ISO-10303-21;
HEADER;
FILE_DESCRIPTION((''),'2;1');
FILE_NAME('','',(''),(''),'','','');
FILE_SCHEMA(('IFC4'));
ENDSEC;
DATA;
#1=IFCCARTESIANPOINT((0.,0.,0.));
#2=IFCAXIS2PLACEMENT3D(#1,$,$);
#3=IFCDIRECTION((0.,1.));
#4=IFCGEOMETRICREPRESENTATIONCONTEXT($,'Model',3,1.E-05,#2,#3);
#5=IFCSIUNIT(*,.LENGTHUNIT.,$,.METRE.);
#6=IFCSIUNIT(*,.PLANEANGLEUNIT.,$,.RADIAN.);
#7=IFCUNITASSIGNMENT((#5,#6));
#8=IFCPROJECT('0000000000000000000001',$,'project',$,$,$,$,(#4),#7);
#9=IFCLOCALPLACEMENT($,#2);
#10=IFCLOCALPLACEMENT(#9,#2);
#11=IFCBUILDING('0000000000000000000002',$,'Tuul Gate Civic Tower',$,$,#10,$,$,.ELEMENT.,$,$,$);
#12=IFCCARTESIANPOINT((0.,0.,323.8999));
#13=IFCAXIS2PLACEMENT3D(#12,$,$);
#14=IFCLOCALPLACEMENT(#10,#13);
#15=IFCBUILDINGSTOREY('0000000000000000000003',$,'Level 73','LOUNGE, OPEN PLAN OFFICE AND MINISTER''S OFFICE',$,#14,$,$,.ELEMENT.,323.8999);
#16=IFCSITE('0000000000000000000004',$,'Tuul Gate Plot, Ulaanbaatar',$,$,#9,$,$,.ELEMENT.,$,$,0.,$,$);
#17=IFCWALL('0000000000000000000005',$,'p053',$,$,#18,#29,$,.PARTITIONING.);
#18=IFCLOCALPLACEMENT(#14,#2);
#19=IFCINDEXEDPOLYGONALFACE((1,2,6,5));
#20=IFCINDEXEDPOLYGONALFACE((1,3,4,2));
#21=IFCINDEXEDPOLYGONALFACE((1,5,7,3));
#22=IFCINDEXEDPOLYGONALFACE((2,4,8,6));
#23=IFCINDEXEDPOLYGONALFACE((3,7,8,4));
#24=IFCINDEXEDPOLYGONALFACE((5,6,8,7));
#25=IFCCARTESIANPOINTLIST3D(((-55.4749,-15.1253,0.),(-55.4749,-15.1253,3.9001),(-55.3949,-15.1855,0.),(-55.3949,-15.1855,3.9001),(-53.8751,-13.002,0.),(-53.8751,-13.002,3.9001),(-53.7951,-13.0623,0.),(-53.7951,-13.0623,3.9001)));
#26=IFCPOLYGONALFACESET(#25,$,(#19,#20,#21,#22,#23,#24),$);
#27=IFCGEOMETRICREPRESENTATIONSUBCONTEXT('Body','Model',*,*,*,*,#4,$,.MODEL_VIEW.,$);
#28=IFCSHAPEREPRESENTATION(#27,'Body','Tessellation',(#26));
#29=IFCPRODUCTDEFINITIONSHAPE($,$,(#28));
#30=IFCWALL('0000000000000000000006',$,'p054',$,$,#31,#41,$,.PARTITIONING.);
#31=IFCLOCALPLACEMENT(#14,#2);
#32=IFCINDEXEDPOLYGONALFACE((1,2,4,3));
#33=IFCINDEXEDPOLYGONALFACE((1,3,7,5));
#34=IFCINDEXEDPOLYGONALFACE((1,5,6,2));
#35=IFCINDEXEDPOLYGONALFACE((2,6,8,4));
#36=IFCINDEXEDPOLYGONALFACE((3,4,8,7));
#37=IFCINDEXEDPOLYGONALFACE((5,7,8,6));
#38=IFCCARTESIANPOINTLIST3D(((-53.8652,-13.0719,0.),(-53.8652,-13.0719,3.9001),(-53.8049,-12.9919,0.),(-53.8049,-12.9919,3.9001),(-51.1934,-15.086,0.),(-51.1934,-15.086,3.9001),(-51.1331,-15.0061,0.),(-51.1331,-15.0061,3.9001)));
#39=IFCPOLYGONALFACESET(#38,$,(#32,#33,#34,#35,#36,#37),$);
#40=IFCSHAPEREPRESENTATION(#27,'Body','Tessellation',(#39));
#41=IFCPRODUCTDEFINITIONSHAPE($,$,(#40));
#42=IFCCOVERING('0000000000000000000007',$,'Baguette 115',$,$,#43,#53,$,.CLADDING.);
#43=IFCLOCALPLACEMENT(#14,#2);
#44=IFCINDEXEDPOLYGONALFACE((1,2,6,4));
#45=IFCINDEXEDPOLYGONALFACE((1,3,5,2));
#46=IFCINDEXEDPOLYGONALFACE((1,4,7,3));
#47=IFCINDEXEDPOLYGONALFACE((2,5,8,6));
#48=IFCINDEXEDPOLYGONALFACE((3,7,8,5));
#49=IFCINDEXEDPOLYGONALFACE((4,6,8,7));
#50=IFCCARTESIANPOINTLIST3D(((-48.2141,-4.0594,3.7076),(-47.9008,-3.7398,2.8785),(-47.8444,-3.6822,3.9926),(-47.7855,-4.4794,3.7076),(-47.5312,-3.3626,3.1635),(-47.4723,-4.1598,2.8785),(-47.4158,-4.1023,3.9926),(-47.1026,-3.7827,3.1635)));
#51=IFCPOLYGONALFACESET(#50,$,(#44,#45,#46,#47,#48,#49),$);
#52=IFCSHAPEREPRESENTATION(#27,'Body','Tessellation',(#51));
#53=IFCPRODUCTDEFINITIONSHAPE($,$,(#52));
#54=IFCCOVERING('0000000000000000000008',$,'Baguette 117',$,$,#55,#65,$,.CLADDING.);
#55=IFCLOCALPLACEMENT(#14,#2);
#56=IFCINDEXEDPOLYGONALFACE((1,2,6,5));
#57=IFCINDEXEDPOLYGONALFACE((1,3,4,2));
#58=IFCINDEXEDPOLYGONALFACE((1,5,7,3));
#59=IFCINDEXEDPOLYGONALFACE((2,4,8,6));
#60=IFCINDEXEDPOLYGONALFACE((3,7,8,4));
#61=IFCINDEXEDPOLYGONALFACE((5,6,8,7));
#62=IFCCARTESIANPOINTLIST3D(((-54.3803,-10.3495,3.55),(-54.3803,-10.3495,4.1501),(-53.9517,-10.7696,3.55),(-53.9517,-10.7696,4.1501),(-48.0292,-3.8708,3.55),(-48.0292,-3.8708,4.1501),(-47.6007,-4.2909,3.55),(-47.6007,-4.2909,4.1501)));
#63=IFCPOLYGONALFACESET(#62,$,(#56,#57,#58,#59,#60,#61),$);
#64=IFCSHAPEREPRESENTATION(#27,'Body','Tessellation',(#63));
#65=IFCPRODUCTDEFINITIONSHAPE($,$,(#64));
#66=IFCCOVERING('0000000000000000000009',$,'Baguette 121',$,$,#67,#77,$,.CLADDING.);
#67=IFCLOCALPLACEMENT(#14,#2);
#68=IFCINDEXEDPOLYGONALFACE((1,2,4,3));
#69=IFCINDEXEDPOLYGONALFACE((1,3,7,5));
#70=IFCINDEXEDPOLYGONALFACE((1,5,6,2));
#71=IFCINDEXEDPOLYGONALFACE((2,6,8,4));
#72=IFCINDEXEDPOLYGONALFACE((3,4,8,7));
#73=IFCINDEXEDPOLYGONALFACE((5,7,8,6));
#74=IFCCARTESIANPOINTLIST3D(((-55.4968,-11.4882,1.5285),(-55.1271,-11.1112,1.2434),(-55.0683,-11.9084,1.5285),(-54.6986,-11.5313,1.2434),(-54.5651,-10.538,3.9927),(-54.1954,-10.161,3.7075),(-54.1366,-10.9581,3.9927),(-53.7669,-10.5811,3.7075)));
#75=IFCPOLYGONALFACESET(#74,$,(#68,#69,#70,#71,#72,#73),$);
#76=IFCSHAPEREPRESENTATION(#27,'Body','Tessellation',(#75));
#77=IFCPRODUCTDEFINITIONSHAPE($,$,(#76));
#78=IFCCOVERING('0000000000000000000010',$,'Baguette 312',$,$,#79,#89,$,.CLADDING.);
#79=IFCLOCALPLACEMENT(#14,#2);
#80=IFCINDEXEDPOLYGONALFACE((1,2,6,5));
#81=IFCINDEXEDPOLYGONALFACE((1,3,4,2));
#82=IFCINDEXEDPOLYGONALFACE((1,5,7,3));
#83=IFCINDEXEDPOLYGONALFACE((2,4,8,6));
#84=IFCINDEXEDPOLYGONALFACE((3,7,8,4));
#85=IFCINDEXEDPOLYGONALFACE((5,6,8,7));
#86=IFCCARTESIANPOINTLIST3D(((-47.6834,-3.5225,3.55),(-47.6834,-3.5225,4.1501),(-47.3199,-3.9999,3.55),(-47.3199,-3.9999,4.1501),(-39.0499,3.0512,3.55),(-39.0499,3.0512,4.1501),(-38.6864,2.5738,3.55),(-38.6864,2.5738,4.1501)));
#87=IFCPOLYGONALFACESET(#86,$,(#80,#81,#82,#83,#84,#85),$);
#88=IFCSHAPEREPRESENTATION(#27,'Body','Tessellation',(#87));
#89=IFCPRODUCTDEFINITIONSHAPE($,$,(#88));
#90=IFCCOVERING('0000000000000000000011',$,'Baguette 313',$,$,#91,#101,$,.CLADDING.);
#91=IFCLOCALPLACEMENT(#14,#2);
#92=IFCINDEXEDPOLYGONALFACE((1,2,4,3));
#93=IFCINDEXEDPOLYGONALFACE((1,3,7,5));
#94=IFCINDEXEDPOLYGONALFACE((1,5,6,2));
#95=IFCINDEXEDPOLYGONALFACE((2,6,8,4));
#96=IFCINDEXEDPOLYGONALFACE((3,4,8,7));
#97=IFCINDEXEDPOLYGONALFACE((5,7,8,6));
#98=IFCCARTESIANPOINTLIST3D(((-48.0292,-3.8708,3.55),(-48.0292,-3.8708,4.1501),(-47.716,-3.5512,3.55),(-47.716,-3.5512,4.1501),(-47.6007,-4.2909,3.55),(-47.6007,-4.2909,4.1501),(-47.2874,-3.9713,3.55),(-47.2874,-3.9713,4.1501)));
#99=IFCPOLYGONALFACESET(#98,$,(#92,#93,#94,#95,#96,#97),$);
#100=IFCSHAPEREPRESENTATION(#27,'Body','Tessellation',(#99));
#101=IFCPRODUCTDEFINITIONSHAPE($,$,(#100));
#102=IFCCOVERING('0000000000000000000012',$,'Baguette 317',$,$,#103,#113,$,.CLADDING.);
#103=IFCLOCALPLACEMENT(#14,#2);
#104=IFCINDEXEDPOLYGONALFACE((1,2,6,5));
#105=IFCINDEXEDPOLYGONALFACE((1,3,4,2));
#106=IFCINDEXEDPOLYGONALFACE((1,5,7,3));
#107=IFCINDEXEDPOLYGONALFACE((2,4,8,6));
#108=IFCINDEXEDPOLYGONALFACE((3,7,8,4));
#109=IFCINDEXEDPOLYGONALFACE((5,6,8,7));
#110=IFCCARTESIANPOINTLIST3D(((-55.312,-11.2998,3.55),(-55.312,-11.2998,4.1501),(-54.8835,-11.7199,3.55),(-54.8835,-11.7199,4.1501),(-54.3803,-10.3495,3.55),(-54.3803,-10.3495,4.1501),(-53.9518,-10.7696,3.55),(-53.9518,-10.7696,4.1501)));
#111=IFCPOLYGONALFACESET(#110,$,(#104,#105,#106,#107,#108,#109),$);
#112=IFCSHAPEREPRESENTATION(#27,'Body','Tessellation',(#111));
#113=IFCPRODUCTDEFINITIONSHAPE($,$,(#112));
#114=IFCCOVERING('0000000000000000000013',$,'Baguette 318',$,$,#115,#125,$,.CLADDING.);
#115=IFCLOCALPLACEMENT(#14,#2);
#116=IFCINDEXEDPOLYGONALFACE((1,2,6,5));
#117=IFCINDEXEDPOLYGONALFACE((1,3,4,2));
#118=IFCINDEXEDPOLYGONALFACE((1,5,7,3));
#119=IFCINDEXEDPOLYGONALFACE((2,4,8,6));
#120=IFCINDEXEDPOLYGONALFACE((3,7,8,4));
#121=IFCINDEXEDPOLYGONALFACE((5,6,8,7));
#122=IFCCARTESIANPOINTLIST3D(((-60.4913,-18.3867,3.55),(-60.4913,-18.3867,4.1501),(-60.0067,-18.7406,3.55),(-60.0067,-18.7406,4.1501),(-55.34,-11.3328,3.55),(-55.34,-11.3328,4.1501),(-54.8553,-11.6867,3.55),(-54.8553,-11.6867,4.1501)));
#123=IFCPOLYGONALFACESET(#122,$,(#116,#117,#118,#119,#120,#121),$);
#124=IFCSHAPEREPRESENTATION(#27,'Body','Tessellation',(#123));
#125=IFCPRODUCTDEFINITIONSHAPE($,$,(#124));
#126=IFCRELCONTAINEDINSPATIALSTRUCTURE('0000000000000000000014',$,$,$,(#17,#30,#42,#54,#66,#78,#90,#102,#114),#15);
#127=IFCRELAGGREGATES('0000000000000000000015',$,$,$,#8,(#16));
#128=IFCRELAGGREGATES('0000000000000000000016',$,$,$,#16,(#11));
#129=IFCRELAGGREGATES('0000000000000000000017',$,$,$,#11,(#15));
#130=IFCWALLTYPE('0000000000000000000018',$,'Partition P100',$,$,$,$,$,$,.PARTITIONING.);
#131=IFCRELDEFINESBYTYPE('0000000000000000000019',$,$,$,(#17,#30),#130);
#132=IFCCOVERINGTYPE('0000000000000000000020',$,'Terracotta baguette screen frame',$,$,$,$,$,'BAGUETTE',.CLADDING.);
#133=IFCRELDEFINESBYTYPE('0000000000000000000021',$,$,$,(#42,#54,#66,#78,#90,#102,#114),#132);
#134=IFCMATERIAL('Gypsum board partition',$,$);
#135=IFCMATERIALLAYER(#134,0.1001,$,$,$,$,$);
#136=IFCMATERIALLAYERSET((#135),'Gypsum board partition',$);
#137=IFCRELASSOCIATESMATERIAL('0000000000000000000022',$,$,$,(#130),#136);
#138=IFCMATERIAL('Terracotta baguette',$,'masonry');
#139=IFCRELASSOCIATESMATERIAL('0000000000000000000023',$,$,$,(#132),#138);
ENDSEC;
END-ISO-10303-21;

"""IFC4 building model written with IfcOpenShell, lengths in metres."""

from ifc_helpers import new_model, si_unit, direction, frame, frame_2d, origin, origin_2d, place, context, subcontext, project, spatial, rectangle, extrude, material, layer, layer_set, material_profile, profile_set, type_object, element, save


model = new_model("IFC4")

# Units and contexts
model_context = context("Model", 3, precision=1e-05, world=origin(), true_north=direction((0.0, 1.0)))
body_context = subcontext(model_context, "Body", "Model", "MODEL_VIEW")
ifc_project = project(units=[si_unit("LENGTHUNIT", "METRE"), si_unit("PLANEANGLEUNIT", "RADIAN")], contexts=[model_context])

# Site, building, storey
site_placement = place(None, origin())
site = spatial("IfcSite", under=ifc_project, at=site_placement, Name="Tuul Gate Plot, Ulaanbaatar", CompositionType="ELEMENT", RefElevation=0.0)
building_placement = place(site_placement, origin())
building = spatial("IfcBuilding", under=site, at=building_placement, Name="Tuul Gate Civic Tower", CompositionType="ELEMENT")
storey_placement = place(building_placement, frame((0.0, 0.0, 323.8999)))
storey = spatial("IfcBuildingStorey", under=building, at=storey_placement, Name="Level 73", Description="LOUNGE, OPEN PLAN OFFICE AND MINISTER'S OFFICE", CompositionType="ELEMENT", Elevation=323.8999)

# Walls
ifc_material_1 = material(Name="Gypsum board partition")
ifc_layer_1 = layer(ifc_material_1, 0.1001)
ifc_layer_set_1 = layer_set([ifc_layer_1], Name="Gypsum board partition")
wall_type_1 = type_object("IfcWallType", Name="Partition P100", PredefinedType="PARTITIONING", material=ifc_layer_set_1)
wall_1_placement = place(storey_placement, frame((-55.4348, -15.1553, 0.0), z_axis=(0.0, 0.0, 1.0), x_axis=(0.601776, 0.798665, 0.0)))
element("IfcWall", 1, at=wall_1_placement, inside=storey, type_object=wall_type_1, Name="p053", PredefinedType="PARTITIONING", context=body_context, shape_type="SweptSolid", body=[
    extrude(rectangle(XDim=2.6584, YDim=0.1001, at=frame_2d((1.3291, 0.0))), origin(), (0.0, 0.0, 1.0), 3.9001),
])
wall_2_placement = place(storey_placement, frame((-53.835, -13.032, 0.0), z_axis=(0.0, 0.0, 1.0), x_axis=(0.798527, -0.601959, 0.0)))
element("IfcWall", 2, at=wall_2_placement, inside=storey, type_object=wall_type_1, Name="p054", PredefinedType="PARTITIONING", context=body_context, shape_type="SweptSolid", body=[
    extrude(rectangle(XDim=3.3459, YDim=0.1001, at=frame_2d((1.6729, 0.0))), origin(), (0.0, 0.0, 1.0), 3.9001),
])

# Coverings
ifc_material_2 = material(Name="Terracotta baguette", Category="masonry")
ifc_material_profile_1 = material_profile(ifc_material_2, rectangle(XDim=0.6001, YDim=0.6001, at=origin_2d()), Name="Terracotta baguette screen frame")
ifc_profile_set_1 = profile_set([ifc_material_profile_1], Name="Terracotta baguette")
covering_type = type_object("IfcCoveringType", Name="Terracotta baguette screen frame", ElementType="BAGUETTE", PredefinedType="CLADDING", material=ifc_profile_set_1)
covering_1_placement = place(storey_placement, frame((-47.8149, -4.0808, 3.8501), z_axis=(0.332464, 0.339201, -0.880006), x_axis=(-0.714164, 0.699979, 0.0)))
element("IfcCovering", 3, at=covering_1_placement, inside=storey, type_object=covering_type, Name="Baguette 115", PredefinedType="CLADDING", context=body_context, shape_type="SweptSolid", body=[
    extrude(rectangle(XDim=0.6001, YDim=0.6001, at=origin_2d()), origin(), (0.0, 0.0, 1.0), 0.9421),
])
covering_2_placement = place(storey_placement, frame((-47.8149, -4.0808, 3.8501), z_axis=(-0.700035, -0.714109, 0.0), x_axis=(0.714109, -0.700035, 0.0)))
element("IfcCovering", 4, at=covering_2_placement, inside=storey, type_object=covering_type, Name="Baguette 117", PredefinedType="CLADDING", context=body_context, shape_type="SweptSolid", body=[
    extrude(rectangle(XDim=0.6001, YDim=0.6001, at=origin_2d()), origin(), (0.0, 0.0, 1.0), 9.0725),
])
covering_3_placement = place(storey_placement, frame((-54.166, -10.5596, 3.8501), z_axis=(-0.332672, -0.339298, -0.87989), x_axis=(0.714044, -0.700101, 0.0)))
element("IfcCovering", 5, at=covering_3_placement, inside=storey, type_object=covering_type, Name="Baguette 121", PredefinedType="CLADDING", context=body_context, shape_type="SweptSolid", body=[
    extrude(rectangle(XDim=0.6001, YDim=0.6001, at=origin_2d()), origin(), (0.0, 0.0, 1.0), 2.8005),
])
covering_4_placement = place(storey_placement, frame((-38.8682, 2.8125, 3.8501), z_axis=(-0.795619, -0.605798, 0.0), x_axis=(0.605798, -0.795619, 0.0)))
element("IfcCovering", 6, at=covering_4_placement, inside=storey, type_object=covering_type, Name="Baguette 312", PredefinedType="CLADDING", context=body_context, shape_type="SweptSolid", body=[
    extrude(rectangle(XDim=0.6001, YDim=0.6001, at=origin_2d()), origin(), (0.0, 0.0, 1.0), 10.8513),
])
covering_5_placement = place(storey_placement, frame((-47.5017, -3.7612, 3.8501), z_axis=(-0.699979, -0.714164, 0.0), x_axis=(0.714164, -0.699979, 0.0)))
element("IfcCovering", 7, at=covering_5_placement, inside=storey, type_object=covering_type, Name="Baguette 313", PredefinedType="CLADDING", context=body_context, shape_type="SweptSolid", body=[
    extrude(rectangle(XDim=0.6001, YDim=0.6001, at=origin_2d()), origin(), (0.0, 0.0, 1.0), 0.4475),
])
covering_6_placement = place(storey_placement, frame((-54.166, -10.5596, 3.8501), z_axis=(-0.700101, -0.714044, 0.0), x_axis=(0.714044, -0.700101, 0.0)))
element("IfcCovering", 8, at=covering_6_placement, inside=storey, type_object=covering_type, Name="Baguette 317", PredefinedType="CLADDING", context=body_context, shape_type="SweptSolid", body=[
    extrude(rectangle(XDim=0.6001, YDim=0.6001, at=origin_2d()), origin(), (0.0, 0.0, 1.0), 1.3308),
])
covering_7_placement = place(storey_placement, frame((-55.0977, -11.5098, 3.8501), z_axis=(-0.589759, -0.807579, 0.0), x_axis=(0.807579, -0.589759, 0.0)))
element("IfcCovering", 9, at=covering_7_placement, inside=storey, type_object=covering_type, Name="Baguette 318", PredefinedType="CLADDING", context=body_context, shape_type="SweptSolid", body=[
    extrude(rectangle(XDim=0.6001, YDim=0.6001, at=origin_2d()), origin(), (0.0, 0.0, 1.0), 8.7346),
])

save(model, "model.ifc")
